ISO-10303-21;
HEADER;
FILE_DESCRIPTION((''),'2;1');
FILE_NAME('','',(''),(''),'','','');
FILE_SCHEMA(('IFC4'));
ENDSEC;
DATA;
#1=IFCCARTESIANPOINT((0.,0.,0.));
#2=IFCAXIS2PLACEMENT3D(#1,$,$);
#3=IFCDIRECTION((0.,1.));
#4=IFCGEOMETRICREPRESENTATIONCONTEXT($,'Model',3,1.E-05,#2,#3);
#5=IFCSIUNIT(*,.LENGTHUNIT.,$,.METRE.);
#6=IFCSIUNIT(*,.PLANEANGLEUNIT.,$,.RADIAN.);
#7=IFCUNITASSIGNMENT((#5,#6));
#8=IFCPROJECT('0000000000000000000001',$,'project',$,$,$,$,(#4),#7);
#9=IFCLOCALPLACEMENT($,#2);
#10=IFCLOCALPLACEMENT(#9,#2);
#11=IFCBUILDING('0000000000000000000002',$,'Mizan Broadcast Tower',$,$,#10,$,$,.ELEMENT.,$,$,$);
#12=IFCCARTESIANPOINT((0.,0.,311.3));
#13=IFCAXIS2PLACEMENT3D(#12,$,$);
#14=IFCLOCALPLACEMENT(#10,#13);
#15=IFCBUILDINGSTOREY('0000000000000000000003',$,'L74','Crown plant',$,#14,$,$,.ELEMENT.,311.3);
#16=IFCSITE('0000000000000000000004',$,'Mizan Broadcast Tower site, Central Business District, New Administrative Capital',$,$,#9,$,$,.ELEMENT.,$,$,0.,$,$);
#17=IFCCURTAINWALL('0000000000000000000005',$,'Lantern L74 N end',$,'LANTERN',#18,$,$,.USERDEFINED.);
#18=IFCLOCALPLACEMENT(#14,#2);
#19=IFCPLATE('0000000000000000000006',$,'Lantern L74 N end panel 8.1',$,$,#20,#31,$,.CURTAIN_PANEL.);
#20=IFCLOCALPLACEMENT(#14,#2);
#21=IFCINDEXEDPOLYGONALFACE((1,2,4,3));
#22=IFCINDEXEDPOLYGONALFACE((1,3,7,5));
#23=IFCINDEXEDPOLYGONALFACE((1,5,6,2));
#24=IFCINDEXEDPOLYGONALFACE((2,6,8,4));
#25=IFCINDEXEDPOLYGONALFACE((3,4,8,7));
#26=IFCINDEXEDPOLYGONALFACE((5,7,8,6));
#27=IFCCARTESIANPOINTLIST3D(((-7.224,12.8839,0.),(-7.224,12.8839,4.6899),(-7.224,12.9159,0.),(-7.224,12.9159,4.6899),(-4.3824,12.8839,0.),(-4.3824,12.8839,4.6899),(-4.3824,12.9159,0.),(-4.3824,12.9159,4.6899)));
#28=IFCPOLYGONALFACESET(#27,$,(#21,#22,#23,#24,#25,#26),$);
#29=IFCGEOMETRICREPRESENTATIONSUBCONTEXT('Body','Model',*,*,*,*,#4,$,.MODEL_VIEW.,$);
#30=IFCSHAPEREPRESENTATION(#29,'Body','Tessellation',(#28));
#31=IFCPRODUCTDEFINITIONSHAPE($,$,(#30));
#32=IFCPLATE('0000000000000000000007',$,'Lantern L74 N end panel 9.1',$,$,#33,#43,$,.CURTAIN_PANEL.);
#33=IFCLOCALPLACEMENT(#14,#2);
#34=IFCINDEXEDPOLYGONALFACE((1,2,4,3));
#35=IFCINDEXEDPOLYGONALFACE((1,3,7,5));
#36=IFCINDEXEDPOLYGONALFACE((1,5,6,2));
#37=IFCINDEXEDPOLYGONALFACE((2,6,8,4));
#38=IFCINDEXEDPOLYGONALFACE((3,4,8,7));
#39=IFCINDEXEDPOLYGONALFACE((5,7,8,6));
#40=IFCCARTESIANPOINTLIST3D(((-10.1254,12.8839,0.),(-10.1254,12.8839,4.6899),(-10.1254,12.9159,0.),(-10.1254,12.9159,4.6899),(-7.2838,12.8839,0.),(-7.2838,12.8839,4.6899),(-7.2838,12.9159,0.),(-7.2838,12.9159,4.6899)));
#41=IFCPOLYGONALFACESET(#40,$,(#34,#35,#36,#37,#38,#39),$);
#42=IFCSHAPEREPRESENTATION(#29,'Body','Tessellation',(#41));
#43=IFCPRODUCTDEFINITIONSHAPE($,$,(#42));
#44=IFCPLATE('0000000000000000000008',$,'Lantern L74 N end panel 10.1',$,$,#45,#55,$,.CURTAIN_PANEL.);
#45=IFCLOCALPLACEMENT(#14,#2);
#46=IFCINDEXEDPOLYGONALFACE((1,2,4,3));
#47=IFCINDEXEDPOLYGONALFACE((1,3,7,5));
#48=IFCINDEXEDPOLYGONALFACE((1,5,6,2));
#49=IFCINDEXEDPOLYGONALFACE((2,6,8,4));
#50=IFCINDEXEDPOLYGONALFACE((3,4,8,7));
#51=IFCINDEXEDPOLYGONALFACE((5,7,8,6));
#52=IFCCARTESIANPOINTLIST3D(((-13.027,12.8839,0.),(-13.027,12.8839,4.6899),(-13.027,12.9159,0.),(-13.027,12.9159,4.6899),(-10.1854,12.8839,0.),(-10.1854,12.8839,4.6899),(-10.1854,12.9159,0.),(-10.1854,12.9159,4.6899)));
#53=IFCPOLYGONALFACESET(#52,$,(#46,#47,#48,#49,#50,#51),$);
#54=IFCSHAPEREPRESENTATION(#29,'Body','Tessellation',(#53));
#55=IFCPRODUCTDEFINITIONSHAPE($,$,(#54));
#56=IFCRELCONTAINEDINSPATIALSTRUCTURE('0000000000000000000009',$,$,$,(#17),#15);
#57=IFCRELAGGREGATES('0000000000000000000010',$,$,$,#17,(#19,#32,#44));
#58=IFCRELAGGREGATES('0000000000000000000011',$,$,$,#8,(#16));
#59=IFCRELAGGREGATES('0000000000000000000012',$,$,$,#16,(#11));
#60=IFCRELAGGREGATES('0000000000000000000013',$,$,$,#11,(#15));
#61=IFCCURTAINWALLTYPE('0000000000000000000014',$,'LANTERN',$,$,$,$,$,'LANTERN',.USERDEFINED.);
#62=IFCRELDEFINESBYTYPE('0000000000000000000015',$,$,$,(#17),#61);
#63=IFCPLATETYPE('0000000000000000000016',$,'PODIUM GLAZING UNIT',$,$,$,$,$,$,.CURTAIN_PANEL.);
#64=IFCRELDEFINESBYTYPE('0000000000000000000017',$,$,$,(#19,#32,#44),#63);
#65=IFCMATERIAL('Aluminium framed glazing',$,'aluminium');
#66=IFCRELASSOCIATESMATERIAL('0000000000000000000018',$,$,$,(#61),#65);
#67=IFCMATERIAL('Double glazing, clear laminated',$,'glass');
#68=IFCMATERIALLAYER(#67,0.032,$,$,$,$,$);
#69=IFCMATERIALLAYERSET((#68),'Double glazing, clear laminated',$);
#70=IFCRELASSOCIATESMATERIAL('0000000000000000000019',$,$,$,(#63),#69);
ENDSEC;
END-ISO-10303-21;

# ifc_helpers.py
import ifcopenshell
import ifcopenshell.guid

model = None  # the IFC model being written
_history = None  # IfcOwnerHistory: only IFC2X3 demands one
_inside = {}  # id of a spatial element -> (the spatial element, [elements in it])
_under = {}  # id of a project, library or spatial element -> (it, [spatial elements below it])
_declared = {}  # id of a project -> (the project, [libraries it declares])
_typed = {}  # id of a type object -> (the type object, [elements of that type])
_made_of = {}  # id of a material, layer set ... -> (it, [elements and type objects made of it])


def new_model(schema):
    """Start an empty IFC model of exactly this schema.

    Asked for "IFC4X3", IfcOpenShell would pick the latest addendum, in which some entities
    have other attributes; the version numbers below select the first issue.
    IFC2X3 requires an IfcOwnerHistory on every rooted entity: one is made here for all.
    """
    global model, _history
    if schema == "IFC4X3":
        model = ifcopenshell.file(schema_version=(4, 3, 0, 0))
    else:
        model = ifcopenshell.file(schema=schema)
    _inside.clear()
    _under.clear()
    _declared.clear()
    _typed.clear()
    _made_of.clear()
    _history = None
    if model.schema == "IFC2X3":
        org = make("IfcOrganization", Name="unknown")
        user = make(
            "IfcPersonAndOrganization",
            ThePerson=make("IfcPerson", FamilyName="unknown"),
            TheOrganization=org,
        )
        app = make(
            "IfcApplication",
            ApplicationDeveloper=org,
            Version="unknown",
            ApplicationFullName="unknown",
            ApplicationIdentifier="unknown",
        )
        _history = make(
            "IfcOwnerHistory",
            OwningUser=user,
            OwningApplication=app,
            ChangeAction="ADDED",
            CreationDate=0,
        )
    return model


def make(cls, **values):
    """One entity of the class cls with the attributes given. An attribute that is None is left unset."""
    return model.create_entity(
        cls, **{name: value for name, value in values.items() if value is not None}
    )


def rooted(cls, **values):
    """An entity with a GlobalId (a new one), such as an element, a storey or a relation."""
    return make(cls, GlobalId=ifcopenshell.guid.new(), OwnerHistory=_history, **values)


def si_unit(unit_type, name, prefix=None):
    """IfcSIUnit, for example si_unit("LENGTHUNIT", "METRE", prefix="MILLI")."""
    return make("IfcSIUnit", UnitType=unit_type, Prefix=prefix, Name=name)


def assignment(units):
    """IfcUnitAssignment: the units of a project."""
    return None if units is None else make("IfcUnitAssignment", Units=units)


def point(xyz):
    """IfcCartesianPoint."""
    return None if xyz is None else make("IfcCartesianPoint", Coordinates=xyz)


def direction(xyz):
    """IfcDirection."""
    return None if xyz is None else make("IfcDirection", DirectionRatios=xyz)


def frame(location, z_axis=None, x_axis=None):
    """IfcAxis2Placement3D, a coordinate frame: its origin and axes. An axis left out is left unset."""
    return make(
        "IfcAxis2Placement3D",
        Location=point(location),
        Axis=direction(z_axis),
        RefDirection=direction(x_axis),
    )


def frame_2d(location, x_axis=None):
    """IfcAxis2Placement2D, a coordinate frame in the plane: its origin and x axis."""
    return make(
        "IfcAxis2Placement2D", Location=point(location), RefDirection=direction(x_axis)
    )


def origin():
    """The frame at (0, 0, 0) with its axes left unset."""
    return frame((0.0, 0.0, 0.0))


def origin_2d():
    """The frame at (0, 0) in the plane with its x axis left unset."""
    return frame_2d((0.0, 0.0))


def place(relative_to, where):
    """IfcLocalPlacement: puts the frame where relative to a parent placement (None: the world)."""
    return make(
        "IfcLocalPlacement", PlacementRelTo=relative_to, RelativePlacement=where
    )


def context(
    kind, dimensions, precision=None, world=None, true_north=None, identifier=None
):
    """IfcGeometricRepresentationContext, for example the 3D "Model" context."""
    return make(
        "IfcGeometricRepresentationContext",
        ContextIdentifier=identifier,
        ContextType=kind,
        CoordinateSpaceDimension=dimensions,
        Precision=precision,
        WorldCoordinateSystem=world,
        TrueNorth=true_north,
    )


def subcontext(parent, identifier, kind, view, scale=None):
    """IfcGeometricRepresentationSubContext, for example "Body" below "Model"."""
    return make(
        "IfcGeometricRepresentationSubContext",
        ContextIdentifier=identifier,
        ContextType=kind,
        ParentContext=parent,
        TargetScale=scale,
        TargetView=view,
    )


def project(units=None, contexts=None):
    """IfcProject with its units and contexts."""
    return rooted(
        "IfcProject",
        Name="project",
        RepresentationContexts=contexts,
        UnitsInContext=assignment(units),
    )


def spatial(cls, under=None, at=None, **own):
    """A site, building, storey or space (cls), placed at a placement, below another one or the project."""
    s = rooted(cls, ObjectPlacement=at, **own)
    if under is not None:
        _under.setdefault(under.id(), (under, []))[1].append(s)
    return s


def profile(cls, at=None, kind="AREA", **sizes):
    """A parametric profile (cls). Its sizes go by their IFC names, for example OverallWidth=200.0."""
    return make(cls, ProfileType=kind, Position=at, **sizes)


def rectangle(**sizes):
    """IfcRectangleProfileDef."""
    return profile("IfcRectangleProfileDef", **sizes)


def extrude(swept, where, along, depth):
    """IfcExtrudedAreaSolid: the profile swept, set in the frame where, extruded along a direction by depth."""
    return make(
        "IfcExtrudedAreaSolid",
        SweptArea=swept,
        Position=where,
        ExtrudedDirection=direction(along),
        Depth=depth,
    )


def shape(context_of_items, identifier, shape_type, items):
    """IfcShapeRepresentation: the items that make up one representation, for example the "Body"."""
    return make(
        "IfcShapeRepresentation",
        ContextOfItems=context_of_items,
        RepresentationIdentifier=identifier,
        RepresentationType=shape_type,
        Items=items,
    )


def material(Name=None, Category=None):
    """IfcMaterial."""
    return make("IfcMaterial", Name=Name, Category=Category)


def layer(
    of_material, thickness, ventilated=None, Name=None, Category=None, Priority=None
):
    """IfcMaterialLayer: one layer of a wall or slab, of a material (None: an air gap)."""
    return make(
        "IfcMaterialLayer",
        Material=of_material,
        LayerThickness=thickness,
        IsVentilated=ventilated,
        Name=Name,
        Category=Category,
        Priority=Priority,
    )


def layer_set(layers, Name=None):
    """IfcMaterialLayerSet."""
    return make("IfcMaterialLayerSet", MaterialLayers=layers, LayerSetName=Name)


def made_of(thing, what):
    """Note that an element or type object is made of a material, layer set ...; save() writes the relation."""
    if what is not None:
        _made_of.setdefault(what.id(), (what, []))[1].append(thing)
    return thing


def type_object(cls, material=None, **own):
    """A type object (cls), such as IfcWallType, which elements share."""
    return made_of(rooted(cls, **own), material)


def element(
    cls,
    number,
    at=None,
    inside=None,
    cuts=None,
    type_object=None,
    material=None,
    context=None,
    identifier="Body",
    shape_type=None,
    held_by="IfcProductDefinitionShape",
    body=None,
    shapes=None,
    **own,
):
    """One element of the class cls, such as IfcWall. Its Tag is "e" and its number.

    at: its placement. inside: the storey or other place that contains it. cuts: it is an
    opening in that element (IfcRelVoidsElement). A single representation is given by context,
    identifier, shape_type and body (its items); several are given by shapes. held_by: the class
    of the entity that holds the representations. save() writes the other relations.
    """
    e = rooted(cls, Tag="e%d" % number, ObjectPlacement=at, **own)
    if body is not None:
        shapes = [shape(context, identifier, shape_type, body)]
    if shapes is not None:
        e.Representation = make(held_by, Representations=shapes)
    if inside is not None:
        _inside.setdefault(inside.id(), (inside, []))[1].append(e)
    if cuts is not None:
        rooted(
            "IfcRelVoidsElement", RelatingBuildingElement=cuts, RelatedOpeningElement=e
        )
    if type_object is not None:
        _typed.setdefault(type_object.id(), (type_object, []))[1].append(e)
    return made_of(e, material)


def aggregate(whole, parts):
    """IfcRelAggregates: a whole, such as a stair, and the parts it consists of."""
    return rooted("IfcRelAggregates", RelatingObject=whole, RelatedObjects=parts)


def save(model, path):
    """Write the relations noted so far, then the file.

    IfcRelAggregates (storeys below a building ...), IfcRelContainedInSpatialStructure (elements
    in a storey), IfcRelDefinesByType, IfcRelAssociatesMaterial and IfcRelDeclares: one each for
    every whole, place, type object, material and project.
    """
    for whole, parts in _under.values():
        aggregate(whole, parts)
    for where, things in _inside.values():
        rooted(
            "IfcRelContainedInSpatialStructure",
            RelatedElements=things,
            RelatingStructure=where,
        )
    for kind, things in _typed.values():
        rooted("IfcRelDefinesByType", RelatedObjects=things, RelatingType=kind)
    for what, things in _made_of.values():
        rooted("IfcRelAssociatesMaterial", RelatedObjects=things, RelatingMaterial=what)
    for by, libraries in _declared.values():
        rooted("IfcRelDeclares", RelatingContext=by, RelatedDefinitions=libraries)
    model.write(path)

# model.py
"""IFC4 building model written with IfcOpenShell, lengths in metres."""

from ifc_helpers import new_model, si_unit, direction, frame, origin, origin_2d, place, context, subcontext, project, spatial, rectangle, extrude, material, layer, layer_set, type_object, element, aggregate, save


model = new_model("IFC4")

# Units and contexts
model_context = context("Model", 3, precision=1e-05, world=origin(), true_north=direction((0.0, 1.0)))
body_context = subcontext(model_context, "Body", "Model", "MODEL_VIEW")
ifc_project = project(units=[si_unit("LENGTHUNIT", "METRE"), si_unit("PLANEANGLEUNIT", "RADIAN")], contexts=[model_context])

# Site, building, storey
site_placement = place(None, origin())
site = spatial("IfcSite", under=ifc_project, at=site_placement, Name="Mizan Broadcast Tower site, Central Business District, New Administrative Capital", CompositionType="ELEMENT", RefElevation=0.0)
building_placement = place(site_placement, origin())
building = spatial("IfcBuilding", under=site, at=building_placement, Name="Mizan Broadcast Tower", CompositionType="ELEMENT")
storey_placement = place(building_placement, frame((0.0, 0.0, 311.3)))
storey = spatial("IfcBuildingStorey", under=building, at=storey_placement, Name="L74", Description="Crown plant", CompositionType="ELEMENT", Elevation=311.3)

# Curtain wall, plates
ifc_material_1 = material(Name="Aluminium framed glazing", Category="aluminium")
curtain_wall_type = type_object("IfcCurtainWallType", Name="LANTERN", ElementType="LANTERN", PredefinedType="USERDEFINED", material=ifc_material_1)
curtain_wall_placement = place(storey_placement, origin())
curtain_wall = element("IfcCurtainWall", 1, at=curtain_wall_placement, inside=storey, type_object=curtain_wall_type, Name="Lantern L74 N end", ObjectType="LANTERN", PredefinedType="USERDEFINED")
ifc_material_2 = material(Name="Double glazing, clear laminated", Category="glass")
ifc_layer = layer(ifc_material_2, 0.032)
ifc_layer_set = layer_set([ifc_layer], Name="Double glazing, clear laminated")
plate_type = type_object("IfcPlateType", Name="PODIUM GLAZING UNIT", PredefinedType="CURTAIN_PANEL", material=ifc_layer_set)
plate_1_placement = place(storey_placement, frame((-5.8032, 12.8999, 0.0), z_axis=(0.0, 0.0, 1.0), x_axis=(-1.0, 0.0, 0.0)))
plate_1 = element("IfcPlate", 2, at=plate_1_placement, type_object=plate_type, Name="Lantern L74 N end panel 8.1", PredefinedType="CURTAIN_PANEL", context=body_context, shape_type="SweptSolid", body=[
    extrude(rectangle(XDim=2.8416, YDim=0.032, at=origin_2d()), origin(), (0.0, 0.0, 1.0), 4.6899),
])
plate_2_placement = place(storey_placement, frame((-8.7046, 12.8999, 0.0), z_axis=(0.0, 0.0, 1.0), x_axis=(-1.0, 0.0, 0.0)))
plate_2 = element("IfcPlate", 3, at=plate_2_placement, type_object=plate_type, Name="Lantern L74 N end panel 9.1", PredefinedType="CURTAIN_PANEL", context=body_context, shape_type="SweptSolid", body=[
    extrude(rectangle(XDim=2.8416, YDim=0.032, at=origin_2d()), origin(), (0.0, 0.0, 1.0), 4.6899),
])
plate_3_placement = place(storey_placement, frame((-11.6062, 12.8999, 0.0), z_axis=(0.0, 0.0, 1.0), x_axis=(-1.0, 0.0, 0.0)))
plate_3 = element("IfcPlate", 4, at=plate_3_placement, type_object=plate_type, Name="Lantern L74 N end panel 10.1", PredefinedType="CURTAIN_PANEL", context=body_context, shape_type="SweptSolid", body=[
    extrude(rectangle(XDim=2.8416, YDim=0.032, at=origin_2d()), origin(), (0.0, 0.0, 1.0), 4.6899),
])
aggregate(curtain_wall, [plate_1, plate_2, plate_3])

save(model, "model.ifc")
